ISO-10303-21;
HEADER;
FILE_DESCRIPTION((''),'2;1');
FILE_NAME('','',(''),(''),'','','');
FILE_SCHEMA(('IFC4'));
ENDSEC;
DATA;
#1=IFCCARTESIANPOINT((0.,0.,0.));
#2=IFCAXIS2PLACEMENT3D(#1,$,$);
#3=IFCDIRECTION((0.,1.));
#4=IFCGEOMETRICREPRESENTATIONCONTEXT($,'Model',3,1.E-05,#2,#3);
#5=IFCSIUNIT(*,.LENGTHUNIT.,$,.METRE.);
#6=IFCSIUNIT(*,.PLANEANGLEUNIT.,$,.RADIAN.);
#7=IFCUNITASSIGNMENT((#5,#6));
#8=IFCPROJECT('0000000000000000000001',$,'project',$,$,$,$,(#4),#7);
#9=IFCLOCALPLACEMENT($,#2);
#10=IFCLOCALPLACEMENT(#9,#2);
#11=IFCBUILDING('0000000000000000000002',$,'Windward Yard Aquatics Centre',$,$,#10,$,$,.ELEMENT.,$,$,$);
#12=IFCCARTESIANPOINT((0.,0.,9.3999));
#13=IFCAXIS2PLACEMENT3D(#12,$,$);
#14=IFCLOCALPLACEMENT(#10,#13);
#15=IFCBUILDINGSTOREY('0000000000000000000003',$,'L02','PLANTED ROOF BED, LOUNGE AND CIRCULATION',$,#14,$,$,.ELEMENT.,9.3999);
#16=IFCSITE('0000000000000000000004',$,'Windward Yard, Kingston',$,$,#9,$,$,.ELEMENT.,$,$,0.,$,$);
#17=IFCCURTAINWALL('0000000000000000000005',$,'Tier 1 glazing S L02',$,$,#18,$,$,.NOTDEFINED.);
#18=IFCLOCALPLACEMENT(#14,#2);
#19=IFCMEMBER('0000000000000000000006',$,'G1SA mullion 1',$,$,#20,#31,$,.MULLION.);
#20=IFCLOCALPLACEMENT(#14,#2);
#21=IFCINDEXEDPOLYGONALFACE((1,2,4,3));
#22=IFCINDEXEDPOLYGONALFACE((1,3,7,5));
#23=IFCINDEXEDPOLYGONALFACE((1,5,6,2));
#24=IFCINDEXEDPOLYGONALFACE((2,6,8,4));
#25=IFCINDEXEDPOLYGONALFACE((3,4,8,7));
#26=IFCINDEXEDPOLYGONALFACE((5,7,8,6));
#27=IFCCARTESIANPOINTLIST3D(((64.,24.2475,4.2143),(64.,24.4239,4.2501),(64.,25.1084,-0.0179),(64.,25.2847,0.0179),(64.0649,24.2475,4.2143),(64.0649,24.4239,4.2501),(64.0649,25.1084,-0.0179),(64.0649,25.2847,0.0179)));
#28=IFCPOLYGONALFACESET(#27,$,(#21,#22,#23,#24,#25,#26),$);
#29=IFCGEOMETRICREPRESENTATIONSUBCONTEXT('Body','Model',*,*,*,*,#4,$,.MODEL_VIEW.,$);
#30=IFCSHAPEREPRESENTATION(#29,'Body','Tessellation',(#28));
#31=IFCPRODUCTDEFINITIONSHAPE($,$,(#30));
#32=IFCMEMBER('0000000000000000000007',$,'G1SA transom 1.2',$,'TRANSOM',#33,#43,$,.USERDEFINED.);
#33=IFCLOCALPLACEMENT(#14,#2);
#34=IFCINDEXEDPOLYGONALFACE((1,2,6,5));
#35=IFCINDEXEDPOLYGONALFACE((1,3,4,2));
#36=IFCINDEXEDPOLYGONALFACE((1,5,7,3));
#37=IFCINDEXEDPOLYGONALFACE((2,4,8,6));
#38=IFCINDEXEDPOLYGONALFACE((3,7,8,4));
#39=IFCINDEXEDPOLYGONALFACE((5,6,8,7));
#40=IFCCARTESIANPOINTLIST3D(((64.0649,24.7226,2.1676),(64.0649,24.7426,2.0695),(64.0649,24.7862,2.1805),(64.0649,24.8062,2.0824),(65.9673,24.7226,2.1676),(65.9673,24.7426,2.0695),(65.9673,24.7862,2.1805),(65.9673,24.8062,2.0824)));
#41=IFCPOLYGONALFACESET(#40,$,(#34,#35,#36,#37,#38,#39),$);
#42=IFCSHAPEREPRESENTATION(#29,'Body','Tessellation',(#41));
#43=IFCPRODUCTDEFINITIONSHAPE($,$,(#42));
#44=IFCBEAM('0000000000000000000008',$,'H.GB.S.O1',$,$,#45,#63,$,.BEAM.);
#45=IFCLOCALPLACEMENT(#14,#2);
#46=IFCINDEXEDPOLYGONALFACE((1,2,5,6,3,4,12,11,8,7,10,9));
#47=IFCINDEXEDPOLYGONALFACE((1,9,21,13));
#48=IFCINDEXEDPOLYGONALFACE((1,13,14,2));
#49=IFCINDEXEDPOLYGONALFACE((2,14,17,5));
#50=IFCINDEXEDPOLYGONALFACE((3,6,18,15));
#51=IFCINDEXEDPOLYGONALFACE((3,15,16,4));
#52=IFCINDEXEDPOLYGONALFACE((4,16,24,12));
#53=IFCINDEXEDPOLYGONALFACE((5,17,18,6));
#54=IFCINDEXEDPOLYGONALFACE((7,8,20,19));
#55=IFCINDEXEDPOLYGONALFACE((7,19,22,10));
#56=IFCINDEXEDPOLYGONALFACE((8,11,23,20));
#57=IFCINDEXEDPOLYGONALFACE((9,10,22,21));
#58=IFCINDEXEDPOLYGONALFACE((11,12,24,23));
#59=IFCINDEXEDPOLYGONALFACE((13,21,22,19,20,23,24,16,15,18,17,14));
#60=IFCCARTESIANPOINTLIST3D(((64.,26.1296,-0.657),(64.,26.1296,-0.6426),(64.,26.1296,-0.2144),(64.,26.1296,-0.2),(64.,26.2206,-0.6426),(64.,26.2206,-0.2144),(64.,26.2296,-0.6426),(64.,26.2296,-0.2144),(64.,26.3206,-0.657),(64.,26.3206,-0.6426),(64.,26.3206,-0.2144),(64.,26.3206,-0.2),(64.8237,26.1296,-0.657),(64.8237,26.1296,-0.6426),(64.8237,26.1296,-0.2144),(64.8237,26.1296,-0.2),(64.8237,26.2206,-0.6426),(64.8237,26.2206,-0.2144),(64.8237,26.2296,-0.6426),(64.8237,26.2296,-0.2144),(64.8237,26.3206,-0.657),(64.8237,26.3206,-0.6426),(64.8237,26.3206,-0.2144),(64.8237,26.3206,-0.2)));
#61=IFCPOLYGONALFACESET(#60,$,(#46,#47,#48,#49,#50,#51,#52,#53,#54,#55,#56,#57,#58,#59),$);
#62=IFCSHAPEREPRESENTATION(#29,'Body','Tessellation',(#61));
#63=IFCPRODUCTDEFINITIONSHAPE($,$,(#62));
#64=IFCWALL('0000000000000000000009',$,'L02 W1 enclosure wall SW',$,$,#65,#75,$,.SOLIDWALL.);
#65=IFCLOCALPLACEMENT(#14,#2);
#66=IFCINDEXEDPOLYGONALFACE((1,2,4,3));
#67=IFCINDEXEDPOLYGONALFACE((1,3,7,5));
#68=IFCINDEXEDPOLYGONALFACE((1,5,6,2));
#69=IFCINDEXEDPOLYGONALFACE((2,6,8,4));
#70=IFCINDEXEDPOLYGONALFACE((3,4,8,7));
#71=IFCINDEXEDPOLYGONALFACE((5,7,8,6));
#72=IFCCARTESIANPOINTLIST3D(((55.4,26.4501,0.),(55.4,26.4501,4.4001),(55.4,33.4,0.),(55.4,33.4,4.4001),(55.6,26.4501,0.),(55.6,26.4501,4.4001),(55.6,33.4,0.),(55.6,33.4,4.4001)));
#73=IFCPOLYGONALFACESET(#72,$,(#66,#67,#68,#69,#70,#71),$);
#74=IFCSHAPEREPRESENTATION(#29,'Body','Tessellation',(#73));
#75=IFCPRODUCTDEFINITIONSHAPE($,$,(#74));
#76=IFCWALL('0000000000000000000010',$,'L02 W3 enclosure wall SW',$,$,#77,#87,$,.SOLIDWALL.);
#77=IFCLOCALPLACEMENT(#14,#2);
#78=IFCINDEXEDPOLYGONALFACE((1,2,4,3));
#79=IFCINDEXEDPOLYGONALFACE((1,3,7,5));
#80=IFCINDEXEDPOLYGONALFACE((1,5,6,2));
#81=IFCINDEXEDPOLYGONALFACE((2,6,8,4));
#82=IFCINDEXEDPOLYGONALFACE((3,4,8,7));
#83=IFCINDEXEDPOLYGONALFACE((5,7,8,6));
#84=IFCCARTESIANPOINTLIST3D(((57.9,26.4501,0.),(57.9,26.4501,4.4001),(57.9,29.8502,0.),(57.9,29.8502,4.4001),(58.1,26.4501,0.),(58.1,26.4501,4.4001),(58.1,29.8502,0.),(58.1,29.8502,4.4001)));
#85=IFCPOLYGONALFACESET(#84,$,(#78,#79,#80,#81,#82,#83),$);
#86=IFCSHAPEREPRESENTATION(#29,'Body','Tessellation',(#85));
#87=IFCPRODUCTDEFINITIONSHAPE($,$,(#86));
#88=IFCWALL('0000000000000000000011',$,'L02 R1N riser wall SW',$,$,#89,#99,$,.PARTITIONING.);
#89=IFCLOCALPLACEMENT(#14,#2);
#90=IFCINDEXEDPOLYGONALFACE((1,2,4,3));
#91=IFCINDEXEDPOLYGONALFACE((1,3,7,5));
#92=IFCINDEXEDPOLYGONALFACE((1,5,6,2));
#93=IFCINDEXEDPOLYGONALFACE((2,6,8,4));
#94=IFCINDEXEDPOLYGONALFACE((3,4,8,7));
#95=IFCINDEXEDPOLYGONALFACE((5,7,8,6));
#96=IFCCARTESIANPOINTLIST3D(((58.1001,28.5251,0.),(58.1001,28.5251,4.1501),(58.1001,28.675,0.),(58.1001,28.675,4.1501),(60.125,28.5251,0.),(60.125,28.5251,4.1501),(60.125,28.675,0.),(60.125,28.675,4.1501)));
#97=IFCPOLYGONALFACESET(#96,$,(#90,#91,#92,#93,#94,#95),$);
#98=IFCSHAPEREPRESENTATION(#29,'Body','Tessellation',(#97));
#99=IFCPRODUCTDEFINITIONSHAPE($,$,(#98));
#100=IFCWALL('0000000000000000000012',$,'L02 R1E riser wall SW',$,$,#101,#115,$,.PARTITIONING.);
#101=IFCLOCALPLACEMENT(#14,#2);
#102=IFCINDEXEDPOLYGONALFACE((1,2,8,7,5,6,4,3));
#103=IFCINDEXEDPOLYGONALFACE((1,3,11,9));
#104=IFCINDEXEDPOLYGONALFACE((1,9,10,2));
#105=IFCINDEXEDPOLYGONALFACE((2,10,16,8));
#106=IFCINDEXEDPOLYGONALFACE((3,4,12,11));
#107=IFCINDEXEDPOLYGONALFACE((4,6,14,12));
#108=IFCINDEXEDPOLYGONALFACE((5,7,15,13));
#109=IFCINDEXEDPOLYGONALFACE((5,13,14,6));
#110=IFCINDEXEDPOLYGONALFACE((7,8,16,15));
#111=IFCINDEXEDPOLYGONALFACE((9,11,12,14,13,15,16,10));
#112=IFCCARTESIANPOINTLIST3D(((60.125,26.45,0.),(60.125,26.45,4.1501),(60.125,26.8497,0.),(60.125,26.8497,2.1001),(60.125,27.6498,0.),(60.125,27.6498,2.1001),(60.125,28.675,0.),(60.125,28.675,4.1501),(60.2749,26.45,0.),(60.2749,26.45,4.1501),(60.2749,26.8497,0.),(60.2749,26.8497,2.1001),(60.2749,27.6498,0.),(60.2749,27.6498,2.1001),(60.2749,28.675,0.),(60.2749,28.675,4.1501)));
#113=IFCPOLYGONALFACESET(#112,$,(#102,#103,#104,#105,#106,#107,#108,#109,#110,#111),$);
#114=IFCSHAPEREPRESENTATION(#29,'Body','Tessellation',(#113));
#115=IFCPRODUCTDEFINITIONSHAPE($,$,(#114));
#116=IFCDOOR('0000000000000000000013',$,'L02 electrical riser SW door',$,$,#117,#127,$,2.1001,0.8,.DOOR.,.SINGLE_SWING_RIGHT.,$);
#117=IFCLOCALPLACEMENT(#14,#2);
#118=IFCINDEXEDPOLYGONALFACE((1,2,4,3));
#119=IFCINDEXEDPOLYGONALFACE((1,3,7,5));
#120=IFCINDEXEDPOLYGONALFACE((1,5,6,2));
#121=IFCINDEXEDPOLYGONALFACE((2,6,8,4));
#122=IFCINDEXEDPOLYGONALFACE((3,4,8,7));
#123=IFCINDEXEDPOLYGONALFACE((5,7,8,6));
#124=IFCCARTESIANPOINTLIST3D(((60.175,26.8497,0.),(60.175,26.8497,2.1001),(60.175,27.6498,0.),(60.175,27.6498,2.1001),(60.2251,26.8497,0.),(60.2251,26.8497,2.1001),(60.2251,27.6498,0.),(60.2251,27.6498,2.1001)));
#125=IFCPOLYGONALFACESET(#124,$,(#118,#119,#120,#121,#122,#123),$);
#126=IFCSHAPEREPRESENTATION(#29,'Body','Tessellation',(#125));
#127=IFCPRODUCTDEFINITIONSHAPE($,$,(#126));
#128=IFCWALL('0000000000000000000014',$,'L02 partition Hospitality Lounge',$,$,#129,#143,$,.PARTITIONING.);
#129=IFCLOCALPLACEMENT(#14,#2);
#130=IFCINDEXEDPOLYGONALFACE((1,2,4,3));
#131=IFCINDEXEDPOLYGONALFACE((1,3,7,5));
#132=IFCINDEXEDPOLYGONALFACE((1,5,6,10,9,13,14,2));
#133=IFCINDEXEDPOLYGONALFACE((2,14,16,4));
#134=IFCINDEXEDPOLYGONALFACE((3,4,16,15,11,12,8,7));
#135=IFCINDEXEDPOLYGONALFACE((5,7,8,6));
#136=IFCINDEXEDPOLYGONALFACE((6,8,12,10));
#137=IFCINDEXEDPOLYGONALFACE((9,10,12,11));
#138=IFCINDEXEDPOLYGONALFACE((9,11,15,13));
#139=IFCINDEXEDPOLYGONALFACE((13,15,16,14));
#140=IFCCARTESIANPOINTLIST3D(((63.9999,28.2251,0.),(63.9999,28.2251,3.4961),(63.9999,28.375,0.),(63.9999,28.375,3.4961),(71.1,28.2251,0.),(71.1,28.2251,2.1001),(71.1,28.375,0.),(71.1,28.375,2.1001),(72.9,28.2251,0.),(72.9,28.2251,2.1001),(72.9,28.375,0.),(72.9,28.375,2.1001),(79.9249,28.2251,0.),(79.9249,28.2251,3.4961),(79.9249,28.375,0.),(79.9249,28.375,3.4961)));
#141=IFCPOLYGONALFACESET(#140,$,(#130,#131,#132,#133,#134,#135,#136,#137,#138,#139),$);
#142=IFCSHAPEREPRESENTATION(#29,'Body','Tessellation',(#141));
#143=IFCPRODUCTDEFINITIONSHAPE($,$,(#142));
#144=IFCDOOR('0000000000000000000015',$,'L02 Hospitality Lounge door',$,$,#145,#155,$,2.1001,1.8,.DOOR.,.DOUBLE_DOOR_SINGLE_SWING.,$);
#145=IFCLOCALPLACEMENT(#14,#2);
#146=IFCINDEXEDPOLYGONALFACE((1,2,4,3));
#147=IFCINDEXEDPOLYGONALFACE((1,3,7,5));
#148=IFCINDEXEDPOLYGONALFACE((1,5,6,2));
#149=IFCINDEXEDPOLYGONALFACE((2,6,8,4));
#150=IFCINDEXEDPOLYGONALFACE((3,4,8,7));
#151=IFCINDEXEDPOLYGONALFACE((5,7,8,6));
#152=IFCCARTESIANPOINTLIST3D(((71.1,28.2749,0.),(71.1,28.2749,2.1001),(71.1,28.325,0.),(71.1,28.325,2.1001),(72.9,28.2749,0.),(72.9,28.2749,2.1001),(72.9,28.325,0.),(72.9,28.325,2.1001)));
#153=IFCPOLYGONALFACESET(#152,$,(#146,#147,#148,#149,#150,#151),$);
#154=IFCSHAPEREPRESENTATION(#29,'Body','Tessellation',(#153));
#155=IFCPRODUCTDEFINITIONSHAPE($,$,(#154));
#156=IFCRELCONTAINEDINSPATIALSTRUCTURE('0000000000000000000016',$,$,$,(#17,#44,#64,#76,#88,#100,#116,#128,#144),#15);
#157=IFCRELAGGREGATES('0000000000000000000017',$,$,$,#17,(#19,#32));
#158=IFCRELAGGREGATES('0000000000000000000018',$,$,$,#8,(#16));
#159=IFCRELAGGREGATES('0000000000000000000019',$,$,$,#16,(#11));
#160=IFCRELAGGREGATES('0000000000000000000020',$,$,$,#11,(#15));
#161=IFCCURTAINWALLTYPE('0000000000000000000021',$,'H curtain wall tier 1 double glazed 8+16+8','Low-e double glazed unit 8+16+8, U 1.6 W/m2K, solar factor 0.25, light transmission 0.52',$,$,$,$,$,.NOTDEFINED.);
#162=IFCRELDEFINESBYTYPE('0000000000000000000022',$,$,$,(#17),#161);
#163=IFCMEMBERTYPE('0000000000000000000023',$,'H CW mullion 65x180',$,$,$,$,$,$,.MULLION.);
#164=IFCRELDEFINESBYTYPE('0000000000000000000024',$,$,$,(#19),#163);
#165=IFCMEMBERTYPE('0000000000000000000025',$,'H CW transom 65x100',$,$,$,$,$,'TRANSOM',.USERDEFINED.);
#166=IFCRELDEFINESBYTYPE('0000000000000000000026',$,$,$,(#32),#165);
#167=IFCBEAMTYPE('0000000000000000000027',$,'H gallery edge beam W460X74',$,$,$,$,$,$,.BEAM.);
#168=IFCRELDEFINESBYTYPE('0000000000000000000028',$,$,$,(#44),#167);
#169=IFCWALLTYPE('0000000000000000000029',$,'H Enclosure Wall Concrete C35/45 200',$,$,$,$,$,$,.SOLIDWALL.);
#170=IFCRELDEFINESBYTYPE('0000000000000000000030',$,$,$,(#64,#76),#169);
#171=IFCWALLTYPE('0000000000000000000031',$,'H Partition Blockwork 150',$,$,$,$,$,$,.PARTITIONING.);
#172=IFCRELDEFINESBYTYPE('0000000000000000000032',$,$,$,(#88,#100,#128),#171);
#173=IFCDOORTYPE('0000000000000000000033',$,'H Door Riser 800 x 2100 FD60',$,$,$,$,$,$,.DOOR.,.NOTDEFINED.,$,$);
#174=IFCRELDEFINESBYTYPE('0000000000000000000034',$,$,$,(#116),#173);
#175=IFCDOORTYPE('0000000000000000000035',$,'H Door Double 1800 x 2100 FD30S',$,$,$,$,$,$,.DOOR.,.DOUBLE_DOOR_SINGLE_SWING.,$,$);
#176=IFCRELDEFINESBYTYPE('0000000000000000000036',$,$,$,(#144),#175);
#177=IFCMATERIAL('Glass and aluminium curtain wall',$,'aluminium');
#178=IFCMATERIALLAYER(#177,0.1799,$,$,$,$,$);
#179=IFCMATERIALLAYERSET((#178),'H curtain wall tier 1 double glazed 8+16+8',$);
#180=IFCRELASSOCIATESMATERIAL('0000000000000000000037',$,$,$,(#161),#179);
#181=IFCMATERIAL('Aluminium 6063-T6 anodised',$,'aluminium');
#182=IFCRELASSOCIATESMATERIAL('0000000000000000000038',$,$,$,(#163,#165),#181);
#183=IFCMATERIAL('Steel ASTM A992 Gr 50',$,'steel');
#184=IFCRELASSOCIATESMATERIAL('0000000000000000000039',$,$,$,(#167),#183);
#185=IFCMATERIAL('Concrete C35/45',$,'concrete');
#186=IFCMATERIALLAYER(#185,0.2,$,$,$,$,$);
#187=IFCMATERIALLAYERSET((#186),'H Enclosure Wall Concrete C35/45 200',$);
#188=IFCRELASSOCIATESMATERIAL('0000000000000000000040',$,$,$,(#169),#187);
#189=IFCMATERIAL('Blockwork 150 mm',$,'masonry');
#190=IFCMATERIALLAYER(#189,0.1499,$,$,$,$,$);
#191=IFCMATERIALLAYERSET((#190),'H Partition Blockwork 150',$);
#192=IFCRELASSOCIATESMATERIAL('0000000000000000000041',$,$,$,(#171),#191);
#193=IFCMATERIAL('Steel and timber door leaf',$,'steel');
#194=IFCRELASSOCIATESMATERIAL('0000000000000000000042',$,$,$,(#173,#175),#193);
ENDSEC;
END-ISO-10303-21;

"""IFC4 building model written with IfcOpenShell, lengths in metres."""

from ifc_helpers import new_model, si_unit, direction, frame, frame_2d, origin, origin_2d, place, context, subcontext, project, spatial, rectangle, i_section, extrude, material, layer, layer_set, material_profile, profile_set, type_object, element, fill, aggregate, save


model = new_model("IFC4")

# Units and contexts
model_context = context("Model", 3, precision=1e-05, world=origin(), true_north=direction((0.0, 1.0)))
body_context = subcontext(model_context, "Body", "Model", "MODEL_VIEW")
ifc_project = project(units=[si_unit("LENGTHUNIT", "METRE"), si_unit("PLANEANGLEUNIT", "RADIAN")], contexts=[model_context])

# Site, building, storey
site_placement = place(None, origin())
site = spatial("IfcSite", under=ifc_project, at=site_placement, Name="Windward Yard, Kingston", CompositionType="ELEMENT", RefElevation=0.0)
building_placement = place(site_placement, origin())
building = spatial("IfcBuilding", under=site, at=building_placement, Name="Windward Yard Aquatics Centre", CompositionType="ELEMENT")
storey_placement = place(building_placement, frame((0.0, 0.0, 9.3999)))
storey = spatial("IfcBuildingStorey", under=building, at=storey_placement, Name="L02", Description="PLANTED ROOF BED, LOUNGE AND CIRCULATION", CompositionType="ELEMENT", Elevation=9.3999)

# Curtain wall, members
ifc_material_1 = material(Name="Glass and aluminium curtain wall", Category="aluminium")
ifc_layer_1 = layer(ifc_material_1, 0.1799)
ifc_layer_set_1 = layer_set([ifc_layer_1], Name="H curtain wall tier 1 double glazed 8+16+8")
curtain_wall_type = type_object("IfcCurtainWallType", Name="H curtain wall tier 1 double glazed 8+16+8", Description="Low-e double glazed unit 8+16+8, U 1.6 W/m2K, solar factor 0.25, light transmission 0.52", PredefinedType="NOTDEFINED", material=ifc_layer_set_1)
curtain_wall_placement = place(storey_placement, origin())
curtain_wall = element("IfcCurtainWall", 1, at=curtain_wall_placement, inside=storey, type_object=curtain_wall_type, Name="Tier 1 glazing S L02", PredefinedType="NOTDEFINED")
ifc_material_2 = material(Name="Aluminium 6063-T6 anodised", Category="aluminium")
ifc_material_profile_1 = material_profile(ifc_material_2, rectangle(XDim=0.0649, YDim=0.1799, at=origin_2d()), Name="H CW mullion 65x180")
ifc_profile_set_1 = profile_set([ifc_material_profile_1], Name="Aluminium 6063-T6 anodised")
member_type_1 = type_object("IfcMemberType", Name="H CW mullion 65x180", PredefinedType="MULLION", material=ifc_profile_set_1)
member_1_placement = place(storey_placement, frame((64.0325, 25.1965, 0.0), z_axis=(0.0, -0.199322, 0.979934), x_axis=(1.0, 0.0, 0.0)))
member_1 = element("IfcMember", 2, at=member_1_placement, type_object=member_type_1, Name="G1SA mullion 1", PredefinedType="MULLION", context=body_context, shape_type="SweptSolid", body=[
    extrude(rectangle(XDim=0.0649, YDim=0.1799, at=origin_2d()), origin(), (0.0, 0.0, 1.0), 4.3188),
])
ifc_material_profile_2 = material_profile(ifc_material_2, rectangle(XDim=0.0649, YDim=0.1001, at=origin_2d()), Name="H CW transom 65x100")
ifc_profile_set_2 = profile_set([ifc_material_profile_2], Name="Aluminium 6063-T6 anodised")
member_type_2 = type_object("IfcMemberType", Name="H CW transom 65x100", ElementType="TRANSOM", PredefinedType="USERDEFINED", material=ifc_profile_set_2)
member_2_placement = place(storey_placement, frame((64.0649, 24.7644, 2.125), z_axis=(1.0, 0.0, 0.0), x_axis=(0.0, 0.979925, 0.199368)))
member_2 = element("IfcMember", 3, at=member_2_placement, type_object=member_type_2, Name="G1SA transom 1.2", ObjectType="TRANSOM", PredefinedType="USERDEFINED", context=body_context, shape_type="SweptSolid", body=[
    extrude(rectangle(XDim=0.0649, YDim=0.1001, at=origin_2d()), origin(), (0.0, 0.0, 1.0), 1.9023),
])
aggregate(curtain_wall, [member_1, member_2])

# Beam
ifc_material_3 = material(Name="Steel ASTM A992 Gr 50", Category="steel")
ifc_material_profile_3 = material_profile(ifc_material_3, i_section(OverallWidth=0.1909, OverallDepth=0.457, WebThickness=0.009, FlangeThickness=0.0144, at=origin_2d()), Name="W460X74")
ifc_profile_set_3 = profile_set([ifc_material_profile_3], Name="Steel ASTM A992 Gr 50")
beam_type = type_object("IfcBeamType", Name="H gallery edge beam W460X74", PredefinedType="BEAM", material=ifc_profile_set_3)
beam_placement = place(storey_placement, frame((64.0, 26.2251, -0.4285), z_axis=(1.0, 0.0, 0.0), x_axis=(0.0, 1.0, 0.0)))
element("IfcBeam", 4, at=beam_placement, inside=storey, type_object=beam_type, Name="H.GB.S.O1", PredefinedType="BEAM", context=body_context, shape_type="SweptSolid", body=[
    extrude(i_section(OverallWidth=0.1909, OverallDepth=0.457, WebThickness=0.009, FlangeThickness=0.0144, at=origin_2d()), origin(), (0.0, 0.0, 1.0), 0.8237),
])

# Walls
ifc_material_4 = material(Name="Concrete C35/45", Category="concrete")
ifc_layer_2 = layer(ifc_material_4, 0.2)
ifc_layer_set_2 = layer_set([ifc_layer_2], Name="H Enclosure Wall Concrete C35/45 200")
wall_type_1 = type_object("IfcWallType", Name="H Enclosure Wall Concrete C35/45 200", PredefinedType="SOLIDWALL", material=ifc_layer_set_2)
wall_1_placement = place(storey_placement, frame((55.5, 26.45, 0.0), z_axis=(0.0, 0.0, 1.0), x_axis=(0.0, 1.0, 0.0)))
element("IfcWall", 5, at=wall_1_placement, inside=storey, type_object=wall_type_1, Name="L02 W1 enclosure wall SW", PredefinedType="SOLIDWALL", context=body_context, shape_type="SweptSolid", body=[
    extrude(rectangle(XDim=6.95, YDim=0.2, at=frame_2d((3.4751, 0.0))), origin(), (0.0, 0.0, 1.0), 4.4001),
])
wall_2_placement = place(storey_placement, frame((58.0, 26.45, 0.0), z_axis=(0.0, 0.0, 1.0), x_axis=(0.0, 1.0, 0.0)))
element("IfcWall", 6, at=wall_2_placement, inside=storey, type_object=wall_type_1, Name="L02 W3 enclosure wall SW", PredefinedType="SOLIDWALL", context=body_context, shape_type="SweptSolid", body=[
    extrude(rectangle(XDim=3.4001, YDim=0.2, at=frame_2d((1.7002, 0.0))), origin(), (0.0, 0.0, 1.0), 4.4001),
])
ifc_material_5 = material(Name="Blockwork 150 mm", Category="masonry")
ifc_layer_3 = layer(ifc_material_5, 0.1499)
ifc_layer_set_3 = layer_set([ifc_layer_3], Name="H Partition Blockwork 150")
wall_type_2 = type_object("IfcWallType", Name="H Partition Blockwork 150", PredefinedType="PARTITIONING", material=ifc_layer_set_3)
wall_3_placement = place(storey_placement, frame((58.1001, 28.6001, 0.0), z_axis=(0.0, 0.0, 1.0), x_axis=(1.0, 0.0, 0.0)))
element("IfcWall", 7, at=wall_3_placement, inside=storey, type_object=wall_type_2, Name="L02 R1N riser wall SW", PredefinedType="PARTITIONING", context=body_context, shape_type="SweptSolid", body=[
    extrude(rectangle(XDim=2.0249, YDim=0.1499, at=frame_2d((1.0125, 0.0))), origin(), (0.0, 0.0, 1.0), 4.1501),
])

# Walls, openings, doors
wall_4_placement = place(storey_placement, frame((60.2, 26.45, 0.0), z_axis=(0.0, 0.0, 1.0), x_axis=(0.0, 1.0, 0.0)))
wall_4 = element("IfcWall", 8, at=wall_4_placement, inside=storey, type_object=wall_type_2, Name="L02 R1E riser wall SW", PredefinedType="PARTITIONING", context=body_context, shape_type="SweptSolid", body=[
    extrude(rectangle(XDim=2.2251, YDim=0.1499, at=frame_2d((1.1125, 0.0))), origin(), (0.0, 0.0, 1.0), 4.1501),
])
opening_1_placement = place(wall_4_placement, frame((0.3999, 0.0, 0.0)))
opening_1 = element("IfcOpeningElement", 9, at=opening_1_placement, cuts=wall_4, PredefinedType="OPENING", context=body_context, shape_type="SweptSolid", body=[
    extrude(rectangle(XDim=0.8, YDim=2.1001, at=frame_2d((0.3999, 1.05))), frame((0.0, 0.085, 0.0), z_axis=(0.0, -1.0, 0.0), x_axis=(1.0, 0.0, 0.0)), (0.0, 0.0, 1.0), 0.1699),
])
ifc_material_6 = material(Name="Steel and timber door leaf", Category="steel")
door_type_1 = type_object("IfcDoorType", Name="H Door Riser 800 x 2100 FD60", OperationType="NOTDEFINED", PredefinedType="DOOR", material=ifc_material_6)
door_1_placement = place(opening_1_placement, origin())
door_1 = element("IfcDoor", 10, at=door_1_placement, inside=storey, type_object=door_type_1, Name="L02 electrical riser SW door", OperationType="SINGLE_SWING_RIGHT", OverallHeight=2.1001, OverallWidth=0.8, PredefinedType="DOOR", context=body_context, shape_type="SweptSolid", body=[
    extrude(rectangle(XDim=0.8, YDim=2.1001, at=frame_2d((0.3999, 1.05))), frame((0.0, 0.0249, 0.0), z_axis=(0.0, -1.0, 0.0), x_axis=(1.0, 0.0, 0.0)), (0.0, 0.0, 1.0), 0.05),
])
fill(opening_1, door_1)
wall_5_placement = place(storey_placement, frame((64.0, 28.3, 0.0), z_axis=(0.0, 0.0, 1.0), x_axis=(1.0, 0.0, 0.0)))
wall_5 = element("IfcWall", 11, at=wall_5_placement, inside=storey, type_object=wall_type_2, Name="L02 partition Hospitality Lounge", PredefinedType="PARTITIONING", context=body_context, shape_type="SweptSolid", body=[
    extrude(rectangle(XDim=15.925, YDim=0.1499, at=frame_2d((7.9624, 0.0))), origin(), (0.0, 0.0, 1.0), 3.4961),
])
opening_2_placement = place(wall_5_placement, frame((7.1001, 0.0, 0.0)))
opening_2 = element("IfcOpeningElement", 12, at=opening_2_placement, cuts=wall_5, PredefinedType="OPENING", context=body_context, shape_type="SweptSolid", body=[
    extrude(rectangle(XDim=1.8, YDim=2.1001, at=frame_2d((0.8999, 1.05))), frame((0.0, 0.085, 0.0), z_axis=(0.0, -1.0, 0.0), x_axis=(1.0, 0.0, 0.0)), (0.0, 0.0, 1.0), 0.1699),
])
door_type_2 = type_object("IfcDoorType", Name="H Door Double 1800 x 2100 FD30S", OperationType="DOUBLE_DOOR_SINGLE_SWING", PredefinedType="DOOR", material=ifc_material_6)
door_2_placement = place(opening_2_placement, origin())
door_2 = element("IfcDoor", 13, at=door_2_placement, inside=storey, type_object=door_type_2, Name="L02 Hospitality Lounge door", OperationType="DOUBLE_DOOR_SINGLE_SWING", OverallHeight=2.1001, OverallWidth=1.8, PredefinedType="DOOR", context=body_context, shape_type="SweptSolid", body=[
    extrude(rectangle(XDim=1.8, YDim=2.1001, at=frame_2d((0.8999, 1.05))), frame((0.0, 0.0249, 0.0), z_axis=(0.0, -1.0, 0.0), x_axis=(1.0, 0.0, 0.0)), (0.0, 0.0, 1.0), 0.05),
])
fill(opening_2, door_2)

save(model, "model.ifc")
